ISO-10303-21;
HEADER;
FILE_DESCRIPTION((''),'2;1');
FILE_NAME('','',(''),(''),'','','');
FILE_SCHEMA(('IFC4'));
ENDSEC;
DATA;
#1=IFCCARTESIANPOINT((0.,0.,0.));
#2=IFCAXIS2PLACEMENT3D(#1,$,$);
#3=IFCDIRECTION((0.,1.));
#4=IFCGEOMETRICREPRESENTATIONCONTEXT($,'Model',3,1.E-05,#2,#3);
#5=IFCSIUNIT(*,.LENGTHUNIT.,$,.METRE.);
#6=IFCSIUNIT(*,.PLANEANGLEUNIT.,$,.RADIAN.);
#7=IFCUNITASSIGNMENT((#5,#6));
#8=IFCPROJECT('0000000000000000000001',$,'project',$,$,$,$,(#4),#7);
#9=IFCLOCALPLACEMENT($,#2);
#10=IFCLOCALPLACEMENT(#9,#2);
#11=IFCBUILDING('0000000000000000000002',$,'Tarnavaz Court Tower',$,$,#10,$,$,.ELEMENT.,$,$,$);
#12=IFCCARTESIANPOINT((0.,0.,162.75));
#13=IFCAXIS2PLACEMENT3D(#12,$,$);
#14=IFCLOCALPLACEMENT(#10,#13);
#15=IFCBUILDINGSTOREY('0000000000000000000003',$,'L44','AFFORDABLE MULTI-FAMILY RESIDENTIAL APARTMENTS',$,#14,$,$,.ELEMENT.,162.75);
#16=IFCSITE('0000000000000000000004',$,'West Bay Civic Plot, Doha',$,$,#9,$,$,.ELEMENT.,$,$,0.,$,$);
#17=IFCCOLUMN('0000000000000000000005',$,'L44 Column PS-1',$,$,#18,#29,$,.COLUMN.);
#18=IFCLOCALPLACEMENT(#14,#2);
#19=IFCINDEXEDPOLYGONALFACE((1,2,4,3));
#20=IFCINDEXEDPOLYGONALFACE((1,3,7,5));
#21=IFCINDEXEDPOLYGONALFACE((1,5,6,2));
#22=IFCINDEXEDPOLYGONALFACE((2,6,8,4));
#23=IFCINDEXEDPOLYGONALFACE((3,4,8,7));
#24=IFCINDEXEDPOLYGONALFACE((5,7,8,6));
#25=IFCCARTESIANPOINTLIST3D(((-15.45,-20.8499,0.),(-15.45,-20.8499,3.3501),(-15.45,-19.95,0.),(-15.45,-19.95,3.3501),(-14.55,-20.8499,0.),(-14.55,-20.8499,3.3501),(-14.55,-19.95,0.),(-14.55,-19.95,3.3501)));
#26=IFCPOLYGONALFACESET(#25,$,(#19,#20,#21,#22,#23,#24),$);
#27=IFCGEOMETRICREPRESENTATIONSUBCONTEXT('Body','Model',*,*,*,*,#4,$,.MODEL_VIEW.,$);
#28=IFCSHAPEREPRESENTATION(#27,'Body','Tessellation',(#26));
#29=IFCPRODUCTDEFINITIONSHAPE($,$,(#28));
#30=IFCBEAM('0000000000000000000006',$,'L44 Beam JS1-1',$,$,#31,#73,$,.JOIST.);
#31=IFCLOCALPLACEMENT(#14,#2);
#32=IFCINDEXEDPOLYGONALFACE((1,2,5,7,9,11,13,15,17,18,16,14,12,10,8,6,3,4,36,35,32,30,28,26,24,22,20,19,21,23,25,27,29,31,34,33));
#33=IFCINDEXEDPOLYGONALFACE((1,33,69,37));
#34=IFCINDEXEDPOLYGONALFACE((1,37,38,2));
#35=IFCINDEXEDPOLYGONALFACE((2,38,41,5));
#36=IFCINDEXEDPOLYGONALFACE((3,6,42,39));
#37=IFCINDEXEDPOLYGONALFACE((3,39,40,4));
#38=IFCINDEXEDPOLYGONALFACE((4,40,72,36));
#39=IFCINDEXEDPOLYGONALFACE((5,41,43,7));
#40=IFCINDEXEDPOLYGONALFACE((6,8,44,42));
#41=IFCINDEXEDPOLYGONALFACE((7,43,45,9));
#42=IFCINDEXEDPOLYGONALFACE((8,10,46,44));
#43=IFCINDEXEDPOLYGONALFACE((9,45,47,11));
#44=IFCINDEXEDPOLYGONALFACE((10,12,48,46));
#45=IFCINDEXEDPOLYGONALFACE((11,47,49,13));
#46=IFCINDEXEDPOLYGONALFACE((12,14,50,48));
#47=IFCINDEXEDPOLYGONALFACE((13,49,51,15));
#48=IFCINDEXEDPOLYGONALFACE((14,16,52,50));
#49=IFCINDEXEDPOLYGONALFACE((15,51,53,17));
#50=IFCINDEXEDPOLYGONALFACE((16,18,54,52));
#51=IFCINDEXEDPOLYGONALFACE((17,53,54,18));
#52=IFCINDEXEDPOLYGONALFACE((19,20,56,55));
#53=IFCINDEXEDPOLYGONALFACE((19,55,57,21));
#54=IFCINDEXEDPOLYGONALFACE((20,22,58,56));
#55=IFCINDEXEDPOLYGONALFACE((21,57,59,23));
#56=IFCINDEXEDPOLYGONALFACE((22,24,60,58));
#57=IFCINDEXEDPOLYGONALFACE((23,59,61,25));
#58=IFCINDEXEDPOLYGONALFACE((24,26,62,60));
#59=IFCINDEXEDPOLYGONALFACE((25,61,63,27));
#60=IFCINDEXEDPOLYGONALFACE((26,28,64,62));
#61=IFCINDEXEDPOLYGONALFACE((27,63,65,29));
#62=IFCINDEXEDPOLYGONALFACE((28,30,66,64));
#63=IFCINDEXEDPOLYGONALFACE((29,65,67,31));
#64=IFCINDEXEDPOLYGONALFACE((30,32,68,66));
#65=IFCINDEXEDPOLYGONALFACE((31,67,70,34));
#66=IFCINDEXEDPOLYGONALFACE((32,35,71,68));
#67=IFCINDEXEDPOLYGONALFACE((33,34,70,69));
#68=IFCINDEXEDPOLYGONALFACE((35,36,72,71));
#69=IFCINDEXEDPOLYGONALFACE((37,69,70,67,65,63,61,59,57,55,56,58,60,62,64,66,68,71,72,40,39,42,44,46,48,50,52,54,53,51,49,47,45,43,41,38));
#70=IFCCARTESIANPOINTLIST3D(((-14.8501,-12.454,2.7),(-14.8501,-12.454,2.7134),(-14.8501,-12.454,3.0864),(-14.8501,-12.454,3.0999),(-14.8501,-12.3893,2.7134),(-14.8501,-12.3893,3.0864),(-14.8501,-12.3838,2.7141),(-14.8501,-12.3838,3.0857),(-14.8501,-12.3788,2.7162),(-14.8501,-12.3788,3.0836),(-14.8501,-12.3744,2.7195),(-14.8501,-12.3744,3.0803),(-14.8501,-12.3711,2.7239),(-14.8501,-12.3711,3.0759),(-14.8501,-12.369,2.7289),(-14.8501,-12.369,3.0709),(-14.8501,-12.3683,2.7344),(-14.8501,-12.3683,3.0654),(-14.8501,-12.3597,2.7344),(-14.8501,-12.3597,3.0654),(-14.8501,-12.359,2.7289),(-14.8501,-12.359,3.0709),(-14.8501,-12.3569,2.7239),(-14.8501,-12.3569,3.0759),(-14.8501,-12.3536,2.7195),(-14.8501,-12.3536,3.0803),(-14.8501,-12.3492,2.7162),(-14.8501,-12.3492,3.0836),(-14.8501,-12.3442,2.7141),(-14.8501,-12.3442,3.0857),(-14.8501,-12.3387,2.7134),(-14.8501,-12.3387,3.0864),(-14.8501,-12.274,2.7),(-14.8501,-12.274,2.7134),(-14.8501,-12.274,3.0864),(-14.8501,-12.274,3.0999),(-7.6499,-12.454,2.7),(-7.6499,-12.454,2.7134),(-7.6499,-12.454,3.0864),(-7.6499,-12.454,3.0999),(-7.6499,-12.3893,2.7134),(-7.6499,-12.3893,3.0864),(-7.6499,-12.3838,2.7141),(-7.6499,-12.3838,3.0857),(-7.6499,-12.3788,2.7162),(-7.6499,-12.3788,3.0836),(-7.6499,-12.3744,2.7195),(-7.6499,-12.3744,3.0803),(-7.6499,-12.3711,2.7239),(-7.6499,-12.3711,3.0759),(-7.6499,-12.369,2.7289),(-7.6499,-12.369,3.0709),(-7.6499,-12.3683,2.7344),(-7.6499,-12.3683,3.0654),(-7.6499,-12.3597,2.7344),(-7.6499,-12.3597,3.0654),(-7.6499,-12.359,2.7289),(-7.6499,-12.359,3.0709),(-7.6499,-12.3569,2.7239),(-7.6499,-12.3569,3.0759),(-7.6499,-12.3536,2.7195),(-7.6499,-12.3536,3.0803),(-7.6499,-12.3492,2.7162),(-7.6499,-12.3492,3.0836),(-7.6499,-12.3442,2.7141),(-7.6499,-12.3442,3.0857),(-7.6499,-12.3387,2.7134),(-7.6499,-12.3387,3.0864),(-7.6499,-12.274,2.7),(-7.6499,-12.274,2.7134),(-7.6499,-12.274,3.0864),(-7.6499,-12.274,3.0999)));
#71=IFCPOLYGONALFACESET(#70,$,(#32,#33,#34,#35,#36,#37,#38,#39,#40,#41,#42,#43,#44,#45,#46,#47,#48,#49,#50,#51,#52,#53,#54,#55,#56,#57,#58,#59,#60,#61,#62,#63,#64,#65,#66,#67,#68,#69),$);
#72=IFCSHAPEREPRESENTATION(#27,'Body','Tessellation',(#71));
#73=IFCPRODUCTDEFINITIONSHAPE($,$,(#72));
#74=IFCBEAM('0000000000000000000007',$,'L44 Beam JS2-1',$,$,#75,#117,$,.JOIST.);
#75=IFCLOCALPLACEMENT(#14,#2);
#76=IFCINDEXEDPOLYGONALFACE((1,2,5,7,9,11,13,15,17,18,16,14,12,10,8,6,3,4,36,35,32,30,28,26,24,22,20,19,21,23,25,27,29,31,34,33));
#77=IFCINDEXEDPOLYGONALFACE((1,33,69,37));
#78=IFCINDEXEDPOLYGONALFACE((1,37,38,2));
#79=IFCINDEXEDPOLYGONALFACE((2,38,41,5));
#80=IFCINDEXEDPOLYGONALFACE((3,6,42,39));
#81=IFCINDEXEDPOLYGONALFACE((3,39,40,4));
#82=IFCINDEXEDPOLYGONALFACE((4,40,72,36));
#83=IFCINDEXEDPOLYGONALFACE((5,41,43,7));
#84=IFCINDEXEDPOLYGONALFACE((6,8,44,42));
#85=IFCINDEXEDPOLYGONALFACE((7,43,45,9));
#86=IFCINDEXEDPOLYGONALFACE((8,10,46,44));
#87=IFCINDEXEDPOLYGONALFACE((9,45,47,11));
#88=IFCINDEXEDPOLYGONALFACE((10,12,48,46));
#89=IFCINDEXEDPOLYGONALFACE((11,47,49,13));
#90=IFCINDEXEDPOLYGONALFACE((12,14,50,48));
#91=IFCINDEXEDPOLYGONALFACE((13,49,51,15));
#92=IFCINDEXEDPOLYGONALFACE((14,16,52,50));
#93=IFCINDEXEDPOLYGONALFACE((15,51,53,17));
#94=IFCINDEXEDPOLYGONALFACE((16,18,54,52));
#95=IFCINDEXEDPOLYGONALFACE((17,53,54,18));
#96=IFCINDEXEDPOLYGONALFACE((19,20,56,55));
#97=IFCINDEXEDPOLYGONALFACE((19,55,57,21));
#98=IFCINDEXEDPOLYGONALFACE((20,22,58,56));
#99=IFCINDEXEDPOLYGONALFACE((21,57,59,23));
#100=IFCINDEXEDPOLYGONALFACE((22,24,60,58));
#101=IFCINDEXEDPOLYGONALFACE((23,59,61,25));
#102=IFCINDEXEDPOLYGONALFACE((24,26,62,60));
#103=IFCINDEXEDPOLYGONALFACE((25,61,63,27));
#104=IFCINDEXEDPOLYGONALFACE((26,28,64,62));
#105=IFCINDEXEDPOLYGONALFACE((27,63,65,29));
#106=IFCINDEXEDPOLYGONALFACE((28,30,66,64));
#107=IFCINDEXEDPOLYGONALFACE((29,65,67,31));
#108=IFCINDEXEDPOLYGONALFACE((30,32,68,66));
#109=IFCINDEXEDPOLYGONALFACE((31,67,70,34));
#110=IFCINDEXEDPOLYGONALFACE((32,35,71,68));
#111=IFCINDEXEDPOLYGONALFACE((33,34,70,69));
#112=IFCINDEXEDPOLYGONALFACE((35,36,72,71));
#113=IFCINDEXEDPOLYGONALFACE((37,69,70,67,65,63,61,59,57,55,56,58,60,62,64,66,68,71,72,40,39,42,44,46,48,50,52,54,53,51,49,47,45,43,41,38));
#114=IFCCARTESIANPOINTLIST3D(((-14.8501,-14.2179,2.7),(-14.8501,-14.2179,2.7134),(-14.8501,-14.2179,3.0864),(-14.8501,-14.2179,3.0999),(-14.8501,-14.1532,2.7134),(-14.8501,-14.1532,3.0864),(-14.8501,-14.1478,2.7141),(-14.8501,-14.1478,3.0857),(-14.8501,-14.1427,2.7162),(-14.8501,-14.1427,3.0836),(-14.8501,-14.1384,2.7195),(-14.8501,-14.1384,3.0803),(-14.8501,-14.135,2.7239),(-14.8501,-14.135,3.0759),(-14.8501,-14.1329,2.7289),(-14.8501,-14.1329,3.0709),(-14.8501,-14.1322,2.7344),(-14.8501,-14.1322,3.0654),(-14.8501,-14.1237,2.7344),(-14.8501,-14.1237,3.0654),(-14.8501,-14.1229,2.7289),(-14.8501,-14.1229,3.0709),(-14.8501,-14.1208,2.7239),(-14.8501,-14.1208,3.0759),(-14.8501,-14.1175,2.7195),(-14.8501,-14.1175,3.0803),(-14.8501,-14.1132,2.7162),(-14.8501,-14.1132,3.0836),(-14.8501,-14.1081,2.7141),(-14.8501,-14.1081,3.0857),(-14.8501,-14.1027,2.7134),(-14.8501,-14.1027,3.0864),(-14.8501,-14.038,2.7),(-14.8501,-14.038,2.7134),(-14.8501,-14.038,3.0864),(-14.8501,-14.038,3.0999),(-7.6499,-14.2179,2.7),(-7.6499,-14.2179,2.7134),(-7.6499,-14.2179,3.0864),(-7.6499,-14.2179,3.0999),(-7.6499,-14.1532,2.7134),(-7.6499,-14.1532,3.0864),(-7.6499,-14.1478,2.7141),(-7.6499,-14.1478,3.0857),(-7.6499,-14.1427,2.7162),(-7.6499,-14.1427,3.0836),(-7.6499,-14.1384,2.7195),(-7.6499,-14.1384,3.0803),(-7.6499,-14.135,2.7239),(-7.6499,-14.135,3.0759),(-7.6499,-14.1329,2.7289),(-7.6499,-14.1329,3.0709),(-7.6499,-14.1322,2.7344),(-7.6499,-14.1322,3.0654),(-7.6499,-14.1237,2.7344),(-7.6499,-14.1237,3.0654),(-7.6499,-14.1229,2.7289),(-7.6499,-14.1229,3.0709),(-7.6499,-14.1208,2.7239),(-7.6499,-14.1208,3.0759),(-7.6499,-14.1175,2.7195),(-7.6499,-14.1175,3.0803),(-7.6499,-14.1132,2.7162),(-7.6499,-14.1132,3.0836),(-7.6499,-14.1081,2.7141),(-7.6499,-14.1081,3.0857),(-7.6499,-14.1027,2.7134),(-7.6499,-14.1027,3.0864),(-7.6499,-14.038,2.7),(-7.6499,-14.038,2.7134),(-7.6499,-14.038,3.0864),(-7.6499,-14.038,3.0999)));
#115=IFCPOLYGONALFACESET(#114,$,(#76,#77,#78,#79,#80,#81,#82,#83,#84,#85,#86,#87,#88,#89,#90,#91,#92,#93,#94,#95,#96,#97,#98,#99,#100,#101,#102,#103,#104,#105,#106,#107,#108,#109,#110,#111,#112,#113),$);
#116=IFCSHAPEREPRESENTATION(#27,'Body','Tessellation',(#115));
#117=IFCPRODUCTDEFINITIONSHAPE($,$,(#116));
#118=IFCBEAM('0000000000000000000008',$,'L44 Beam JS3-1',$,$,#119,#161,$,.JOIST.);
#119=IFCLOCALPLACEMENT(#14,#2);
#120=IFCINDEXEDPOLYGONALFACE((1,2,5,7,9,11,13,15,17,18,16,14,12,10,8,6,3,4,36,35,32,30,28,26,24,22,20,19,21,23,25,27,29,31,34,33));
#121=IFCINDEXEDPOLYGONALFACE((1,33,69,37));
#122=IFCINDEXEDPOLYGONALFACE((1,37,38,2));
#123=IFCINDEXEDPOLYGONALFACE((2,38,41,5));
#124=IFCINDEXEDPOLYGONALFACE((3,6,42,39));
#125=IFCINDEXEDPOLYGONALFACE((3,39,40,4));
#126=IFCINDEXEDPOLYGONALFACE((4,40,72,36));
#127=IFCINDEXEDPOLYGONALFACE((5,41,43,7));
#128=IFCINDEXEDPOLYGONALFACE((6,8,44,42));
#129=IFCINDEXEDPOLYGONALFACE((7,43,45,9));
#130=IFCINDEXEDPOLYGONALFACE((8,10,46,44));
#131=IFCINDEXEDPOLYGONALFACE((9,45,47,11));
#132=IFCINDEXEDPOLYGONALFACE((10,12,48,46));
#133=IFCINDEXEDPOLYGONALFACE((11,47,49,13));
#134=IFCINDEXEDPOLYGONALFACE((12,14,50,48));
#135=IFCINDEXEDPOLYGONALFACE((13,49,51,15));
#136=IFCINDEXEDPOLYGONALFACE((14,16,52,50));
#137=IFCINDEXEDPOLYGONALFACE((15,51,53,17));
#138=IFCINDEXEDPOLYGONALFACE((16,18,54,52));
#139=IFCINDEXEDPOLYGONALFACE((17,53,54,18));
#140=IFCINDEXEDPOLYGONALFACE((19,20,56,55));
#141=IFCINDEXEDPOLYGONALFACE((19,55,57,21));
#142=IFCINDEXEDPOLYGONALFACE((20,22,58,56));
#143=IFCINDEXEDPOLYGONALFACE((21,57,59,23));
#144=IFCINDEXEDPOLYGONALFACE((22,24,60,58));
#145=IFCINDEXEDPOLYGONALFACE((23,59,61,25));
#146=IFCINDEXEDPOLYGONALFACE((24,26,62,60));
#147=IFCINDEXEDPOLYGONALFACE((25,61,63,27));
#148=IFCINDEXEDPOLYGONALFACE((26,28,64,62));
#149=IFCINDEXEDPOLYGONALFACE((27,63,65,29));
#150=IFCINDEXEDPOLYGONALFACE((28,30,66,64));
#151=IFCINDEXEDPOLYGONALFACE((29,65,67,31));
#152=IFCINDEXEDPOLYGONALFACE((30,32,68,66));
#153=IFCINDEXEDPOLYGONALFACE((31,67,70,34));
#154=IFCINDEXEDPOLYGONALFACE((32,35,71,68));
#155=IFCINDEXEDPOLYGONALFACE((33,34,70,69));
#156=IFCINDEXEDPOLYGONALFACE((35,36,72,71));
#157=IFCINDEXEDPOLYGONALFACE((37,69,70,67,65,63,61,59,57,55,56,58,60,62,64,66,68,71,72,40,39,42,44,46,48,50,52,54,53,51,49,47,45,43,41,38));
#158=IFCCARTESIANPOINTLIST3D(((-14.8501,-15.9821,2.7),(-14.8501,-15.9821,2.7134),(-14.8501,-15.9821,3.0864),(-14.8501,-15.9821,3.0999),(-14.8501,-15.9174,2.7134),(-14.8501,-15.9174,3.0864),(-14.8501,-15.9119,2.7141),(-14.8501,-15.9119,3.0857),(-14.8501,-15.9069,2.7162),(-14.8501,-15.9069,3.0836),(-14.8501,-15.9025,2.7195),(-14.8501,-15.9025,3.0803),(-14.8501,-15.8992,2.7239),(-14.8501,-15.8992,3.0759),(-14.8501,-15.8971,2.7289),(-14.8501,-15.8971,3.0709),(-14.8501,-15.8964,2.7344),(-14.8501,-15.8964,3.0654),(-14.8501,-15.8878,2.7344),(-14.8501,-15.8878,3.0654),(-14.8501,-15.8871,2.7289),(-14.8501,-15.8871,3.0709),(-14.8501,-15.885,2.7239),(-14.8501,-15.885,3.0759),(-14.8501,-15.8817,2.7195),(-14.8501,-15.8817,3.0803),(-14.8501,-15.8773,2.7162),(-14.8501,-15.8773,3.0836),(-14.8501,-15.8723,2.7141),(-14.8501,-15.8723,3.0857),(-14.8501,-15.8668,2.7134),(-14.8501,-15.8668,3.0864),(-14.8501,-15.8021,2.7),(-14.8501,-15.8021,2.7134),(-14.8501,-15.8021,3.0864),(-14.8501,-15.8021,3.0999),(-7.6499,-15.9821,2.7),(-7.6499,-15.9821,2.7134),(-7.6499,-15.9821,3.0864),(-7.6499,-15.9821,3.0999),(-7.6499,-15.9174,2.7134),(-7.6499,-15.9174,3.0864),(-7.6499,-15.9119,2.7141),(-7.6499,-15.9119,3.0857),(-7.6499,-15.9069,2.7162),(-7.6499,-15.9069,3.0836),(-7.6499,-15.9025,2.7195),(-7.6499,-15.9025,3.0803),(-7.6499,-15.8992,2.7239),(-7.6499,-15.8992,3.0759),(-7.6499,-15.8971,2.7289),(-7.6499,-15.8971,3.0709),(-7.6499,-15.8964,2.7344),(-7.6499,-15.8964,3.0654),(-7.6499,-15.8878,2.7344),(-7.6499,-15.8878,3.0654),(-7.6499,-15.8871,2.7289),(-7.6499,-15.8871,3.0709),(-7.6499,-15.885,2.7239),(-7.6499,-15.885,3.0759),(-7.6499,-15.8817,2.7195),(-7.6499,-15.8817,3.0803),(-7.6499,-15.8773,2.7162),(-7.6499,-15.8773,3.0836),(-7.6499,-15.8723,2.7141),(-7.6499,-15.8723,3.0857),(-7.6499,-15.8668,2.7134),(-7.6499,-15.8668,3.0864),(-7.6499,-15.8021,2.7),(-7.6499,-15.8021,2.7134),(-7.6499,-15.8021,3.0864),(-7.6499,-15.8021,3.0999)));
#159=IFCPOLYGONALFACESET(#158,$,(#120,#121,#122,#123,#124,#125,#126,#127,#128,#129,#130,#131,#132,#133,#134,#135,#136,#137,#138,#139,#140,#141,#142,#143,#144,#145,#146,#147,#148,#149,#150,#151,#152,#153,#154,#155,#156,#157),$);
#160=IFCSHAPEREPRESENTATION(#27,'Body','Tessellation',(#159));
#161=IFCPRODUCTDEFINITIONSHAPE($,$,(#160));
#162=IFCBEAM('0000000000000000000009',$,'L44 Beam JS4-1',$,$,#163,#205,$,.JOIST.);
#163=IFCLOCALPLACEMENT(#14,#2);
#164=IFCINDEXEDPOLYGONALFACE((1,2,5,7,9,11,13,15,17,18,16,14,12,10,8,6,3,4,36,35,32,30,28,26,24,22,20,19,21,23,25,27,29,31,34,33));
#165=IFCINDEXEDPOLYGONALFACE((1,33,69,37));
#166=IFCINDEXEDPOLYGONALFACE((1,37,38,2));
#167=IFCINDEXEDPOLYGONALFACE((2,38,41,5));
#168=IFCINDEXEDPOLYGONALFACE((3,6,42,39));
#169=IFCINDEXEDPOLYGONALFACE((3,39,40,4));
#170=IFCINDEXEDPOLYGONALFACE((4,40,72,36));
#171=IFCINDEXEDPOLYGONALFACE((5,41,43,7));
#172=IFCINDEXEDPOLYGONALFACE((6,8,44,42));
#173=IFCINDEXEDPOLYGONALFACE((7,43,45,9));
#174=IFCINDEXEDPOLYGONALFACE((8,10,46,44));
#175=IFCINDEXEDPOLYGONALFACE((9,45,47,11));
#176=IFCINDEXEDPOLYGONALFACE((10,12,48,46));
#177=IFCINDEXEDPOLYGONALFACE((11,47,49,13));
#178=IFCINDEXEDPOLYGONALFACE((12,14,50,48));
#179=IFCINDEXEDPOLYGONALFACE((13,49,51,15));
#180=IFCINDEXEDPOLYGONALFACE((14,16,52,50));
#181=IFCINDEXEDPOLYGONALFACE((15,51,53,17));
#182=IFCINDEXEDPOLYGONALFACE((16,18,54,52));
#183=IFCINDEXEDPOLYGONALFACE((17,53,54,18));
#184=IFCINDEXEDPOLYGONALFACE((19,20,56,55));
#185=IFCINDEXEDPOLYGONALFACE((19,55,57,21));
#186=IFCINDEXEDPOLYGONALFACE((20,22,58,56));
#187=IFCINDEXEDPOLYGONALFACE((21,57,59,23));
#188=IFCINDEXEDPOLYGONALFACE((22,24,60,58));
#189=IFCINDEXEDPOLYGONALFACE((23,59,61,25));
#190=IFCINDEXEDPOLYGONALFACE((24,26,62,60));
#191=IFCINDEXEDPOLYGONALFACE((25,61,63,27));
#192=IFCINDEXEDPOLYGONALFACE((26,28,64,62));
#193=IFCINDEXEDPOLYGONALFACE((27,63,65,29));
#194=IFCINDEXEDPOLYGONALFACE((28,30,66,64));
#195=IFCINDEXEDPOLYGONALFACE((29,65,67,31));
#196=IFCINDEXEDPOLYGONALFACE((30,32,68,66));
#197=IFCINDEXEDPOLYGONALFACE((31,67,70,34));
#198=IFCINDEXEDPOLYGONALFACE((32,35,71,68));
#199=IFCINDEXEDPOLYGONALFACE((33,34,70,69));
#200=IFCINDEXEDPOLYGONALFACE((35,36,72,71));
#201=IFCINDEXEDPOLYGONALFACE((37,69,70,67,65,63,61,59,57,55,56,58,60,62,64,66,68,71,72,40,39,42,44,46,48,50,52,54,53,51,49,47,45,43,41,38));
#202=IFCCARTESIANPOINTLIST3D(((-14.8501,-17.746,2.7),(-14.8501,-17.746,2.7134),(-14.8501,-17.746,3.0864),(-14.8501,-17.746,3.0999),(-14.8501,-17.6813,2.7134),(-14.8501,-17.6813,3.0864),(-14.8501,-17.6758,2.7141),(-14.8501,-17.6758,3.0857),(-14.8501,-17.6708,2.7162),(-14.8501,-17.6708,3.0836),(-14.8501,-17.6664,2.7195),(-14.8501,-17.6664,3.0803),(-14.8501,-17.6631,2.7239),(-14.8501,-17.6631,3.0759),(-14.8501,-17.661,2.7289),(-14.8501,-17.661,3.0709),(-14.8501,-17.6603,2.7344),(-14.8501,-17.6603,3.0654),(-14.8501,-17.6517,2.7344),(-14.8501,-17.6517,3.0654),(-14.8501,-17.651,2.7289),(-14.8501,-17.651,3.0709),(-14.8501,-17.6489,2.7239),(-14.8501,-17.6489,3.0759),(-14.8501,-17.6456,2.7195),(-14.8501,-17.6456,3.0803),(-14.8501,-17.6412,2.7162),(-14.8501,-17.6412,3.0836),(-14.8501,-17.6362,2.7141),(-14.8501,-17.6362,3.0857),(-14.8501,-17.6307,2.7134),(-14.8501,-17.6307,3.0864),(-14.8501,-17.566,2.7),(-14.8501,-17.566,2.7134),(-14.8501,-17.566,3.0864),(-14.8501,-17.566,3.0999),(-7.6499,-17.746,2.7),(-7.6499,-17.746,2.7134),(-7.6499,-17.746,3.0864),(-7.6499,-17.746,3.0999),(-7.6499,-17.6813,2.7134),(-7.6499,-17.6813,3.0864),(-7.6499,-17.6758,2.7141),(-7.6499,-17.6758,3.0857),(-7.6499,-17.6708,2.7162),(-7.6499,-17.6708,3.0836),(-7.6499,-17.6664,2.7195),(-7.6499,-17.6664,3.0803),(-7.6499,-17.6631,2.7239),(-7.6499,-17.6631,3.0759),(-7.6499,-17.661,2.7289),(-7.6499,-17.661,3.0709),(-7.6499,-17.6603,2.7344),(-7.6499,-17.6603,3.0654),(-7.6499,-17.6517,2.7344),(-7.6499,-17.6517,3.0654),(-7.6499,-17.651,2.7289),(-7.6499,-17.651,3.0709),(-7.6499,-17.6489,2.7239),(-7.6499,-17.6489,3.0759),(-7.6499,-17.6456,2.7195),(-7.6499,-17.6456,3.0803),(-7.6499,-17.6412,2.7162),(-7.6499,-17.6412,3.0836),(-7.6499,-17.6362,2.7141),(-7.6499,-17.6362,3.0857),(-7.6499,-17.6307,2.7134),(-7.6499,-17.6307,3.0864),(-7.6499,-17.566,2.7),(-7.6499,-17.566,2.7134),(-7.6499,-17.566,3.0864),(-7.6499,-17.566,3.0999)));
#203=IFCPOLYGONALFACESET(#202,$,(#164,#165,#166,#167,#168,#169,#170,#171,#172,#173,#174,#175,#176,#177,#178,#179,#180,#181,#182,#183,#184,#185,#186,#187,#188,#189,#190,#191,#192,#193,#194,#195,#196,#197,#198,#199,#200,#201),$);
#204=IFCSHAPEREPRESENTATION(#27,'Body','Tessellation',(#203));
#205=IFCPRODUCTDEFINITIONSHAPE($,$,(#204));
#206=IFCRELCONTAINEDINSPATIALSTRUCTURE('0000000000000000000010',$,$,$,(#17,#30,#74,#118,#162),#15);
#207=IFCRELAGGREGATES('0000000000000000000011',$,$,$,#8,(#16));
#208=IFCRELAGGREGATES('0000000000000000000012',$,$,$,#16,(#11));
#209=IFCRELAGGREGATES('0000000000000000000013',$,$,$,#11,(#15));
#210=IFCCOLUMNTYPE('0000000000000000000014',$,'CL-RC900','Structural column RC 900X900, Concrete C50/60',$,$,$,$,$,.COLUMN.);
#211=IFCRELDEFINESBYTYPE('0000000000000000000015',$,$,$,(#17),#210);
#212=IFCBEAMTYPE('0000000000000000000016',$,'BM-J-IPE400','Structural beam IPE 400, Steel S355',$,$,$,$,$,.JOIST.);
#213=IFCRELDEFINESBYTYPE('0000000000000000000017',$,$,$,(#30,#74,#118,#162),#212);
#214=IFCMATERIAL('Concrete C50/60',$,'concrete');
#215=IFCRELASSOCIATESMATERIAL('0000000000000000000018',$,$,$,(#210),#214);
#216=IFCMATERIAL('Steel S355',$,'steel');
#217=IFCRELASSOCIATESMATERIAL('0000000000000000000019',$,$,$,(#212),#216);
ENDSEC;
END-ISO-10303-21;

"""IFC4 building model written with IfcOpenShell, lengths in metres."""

from ifc_helpers import new_model, si_unit, direction, frame, origin, origin_2d, place, context, subcontext, project, spatial, rectangle, i_section, extrude, material, material_profile, profile_set, type_object, element, save


model = new_model("IFC4")

# Units and contexts
model_context = context("Model", 3, precision=1e-05, world=origin(), true_north=direction((0.0, 1.0)))
body_context = subcontext(model_context, "Body", "Model", "MODEL_VIEW")
ifc_project = project(units=[si_unit("LENGTHUNIT", "METRE"), si_unit("PLANEANGLEUNIT", "RADIAN")], contexts=[model_context])

# Site, building, storey
site_placement = place(None, origin())
site = spatial("IfcSite", under=ifc_project, at=site_placement, Name="West Bay Civic Plot, Doha", CompositionType="ELEMENT", RefElevation=0.0)
building_placement = place(site_placement, origin())
building = spatial("IfcBuilding", under=site, at=building_placement, Name="Tarnavaz Court Tower", CompositionType="ELEMENT")
storey_placement = place(building_placement, frame((0.0, 0.0, 162.75)))
storey = spatial("IfcBuildingStorey", under=building, at=storey_placement, Name="L44", Description="AFFORDABLE MULTI-FAMILY RESIDENTIAL APARTMENTS", CompositionType="ELEMENT", Elevation=162.75)

# Column
ifc_material_1 = material(Name="Concrete C50/60", Category="concrete")
ifc_material_profile_1 = material_profile(ifc_material_1, rectangle(XDim=0.8999, YDim=0.8999, at=origin_2d()), Name="RC 900X900")
ifc_profile_set_1 = profile_set([ifc_material_profile_1], Name="Concrete C50/60")
column_type = type_object("IfcColumnType", Name="CL-RC900", Description="Structural column RC 900X900, Concrete C50/60", PredefinedType="COLUMN", material=ifc_profile_set_1)
column_placement = place(storey_placement, frame((-15.0, -20.3999, 0.0), z_axis=(0.0, 0.0, 1.0), x_axis=(1.0, 0.0, 0.0)))
element("IfcColumn", 1, at=column_placement, inside=storey, type_object=column_type, Name="L44 Column PS-1", PredefinedType="COLUMN", context=body_context, shape_type="SweptSolid", body=[
    extrude(rectangle(XDim=0.8999, YDim=0.8999, at=origin_2d()), origin(), (0.0, 0.0, 1.0), 3.3501),
])

# Beams
ifc_material_2 = material(Name="Steel S355", Category="steel")
ifc_material_profile_2 = material_profile(ifc_material_2, i_section(OverallWidth=0.1799, OverallDepth=0.3999, WebThickness=0.0085, FlangeThickness=0.0134, FilletRadius=0.021, at=origin_2d()), Name="IPE 400")
ifc_profile_set_2 = profile_set([ifc_material_profile_2], Name="Steel S355")
beam_type_1 = type_object("IfcBeamType", Name="BM-J-IPE400", Description="Structural beam IPE 400, Steel S355", PredefinedType="JOIST", material=ifc_profile_set_2)
for number, where, z_axis, x_axis, name in (
    (2, (-14.8501, -12.364, 2.8999), (1.0, 0.0, 0.0), (0.0, 1.0, 0.0), "L44 Beam JS1-1"),
    (3, (-14.8501, -14.1279, 2.8999), (1.0, 0.0, 0.0), (0.0, 1.0, 0.0), "L44 Beam JS2-1"),
    (4, (-14.8501, -15.8921, 2.8999), (1.0, 0.0, 0.0), (0.0, 1.0, 0.0), "L44 Beam JS3-1"),
    (5, (-14.8501, -17.656, 2.8999), (1.0, 0.0, 0.0), (0.0, 1.0, 0.0), "L44 Beam JS4-1"),
):
    element("IfcBeam", number, at=place(storey_placement, frame(where, z_axis=z_axis, x_axis=x_axis)), inside=storey, type_object=beam_type_1, Name=name, PredefinedType="JOIST", context=body_context, shape_type="SweptSolid", body=[
        extrude(i_section(OverallWidth=0.1799, OverallDepth=0.3999, WebThickness=0.0085, FlangeThickness=0.0134, FilletRadius=0.021, at=origin_2d()), origin(), (0.0, 0.0, 1.0), 7.2002),
    ])

save(model, "model.ifc")
